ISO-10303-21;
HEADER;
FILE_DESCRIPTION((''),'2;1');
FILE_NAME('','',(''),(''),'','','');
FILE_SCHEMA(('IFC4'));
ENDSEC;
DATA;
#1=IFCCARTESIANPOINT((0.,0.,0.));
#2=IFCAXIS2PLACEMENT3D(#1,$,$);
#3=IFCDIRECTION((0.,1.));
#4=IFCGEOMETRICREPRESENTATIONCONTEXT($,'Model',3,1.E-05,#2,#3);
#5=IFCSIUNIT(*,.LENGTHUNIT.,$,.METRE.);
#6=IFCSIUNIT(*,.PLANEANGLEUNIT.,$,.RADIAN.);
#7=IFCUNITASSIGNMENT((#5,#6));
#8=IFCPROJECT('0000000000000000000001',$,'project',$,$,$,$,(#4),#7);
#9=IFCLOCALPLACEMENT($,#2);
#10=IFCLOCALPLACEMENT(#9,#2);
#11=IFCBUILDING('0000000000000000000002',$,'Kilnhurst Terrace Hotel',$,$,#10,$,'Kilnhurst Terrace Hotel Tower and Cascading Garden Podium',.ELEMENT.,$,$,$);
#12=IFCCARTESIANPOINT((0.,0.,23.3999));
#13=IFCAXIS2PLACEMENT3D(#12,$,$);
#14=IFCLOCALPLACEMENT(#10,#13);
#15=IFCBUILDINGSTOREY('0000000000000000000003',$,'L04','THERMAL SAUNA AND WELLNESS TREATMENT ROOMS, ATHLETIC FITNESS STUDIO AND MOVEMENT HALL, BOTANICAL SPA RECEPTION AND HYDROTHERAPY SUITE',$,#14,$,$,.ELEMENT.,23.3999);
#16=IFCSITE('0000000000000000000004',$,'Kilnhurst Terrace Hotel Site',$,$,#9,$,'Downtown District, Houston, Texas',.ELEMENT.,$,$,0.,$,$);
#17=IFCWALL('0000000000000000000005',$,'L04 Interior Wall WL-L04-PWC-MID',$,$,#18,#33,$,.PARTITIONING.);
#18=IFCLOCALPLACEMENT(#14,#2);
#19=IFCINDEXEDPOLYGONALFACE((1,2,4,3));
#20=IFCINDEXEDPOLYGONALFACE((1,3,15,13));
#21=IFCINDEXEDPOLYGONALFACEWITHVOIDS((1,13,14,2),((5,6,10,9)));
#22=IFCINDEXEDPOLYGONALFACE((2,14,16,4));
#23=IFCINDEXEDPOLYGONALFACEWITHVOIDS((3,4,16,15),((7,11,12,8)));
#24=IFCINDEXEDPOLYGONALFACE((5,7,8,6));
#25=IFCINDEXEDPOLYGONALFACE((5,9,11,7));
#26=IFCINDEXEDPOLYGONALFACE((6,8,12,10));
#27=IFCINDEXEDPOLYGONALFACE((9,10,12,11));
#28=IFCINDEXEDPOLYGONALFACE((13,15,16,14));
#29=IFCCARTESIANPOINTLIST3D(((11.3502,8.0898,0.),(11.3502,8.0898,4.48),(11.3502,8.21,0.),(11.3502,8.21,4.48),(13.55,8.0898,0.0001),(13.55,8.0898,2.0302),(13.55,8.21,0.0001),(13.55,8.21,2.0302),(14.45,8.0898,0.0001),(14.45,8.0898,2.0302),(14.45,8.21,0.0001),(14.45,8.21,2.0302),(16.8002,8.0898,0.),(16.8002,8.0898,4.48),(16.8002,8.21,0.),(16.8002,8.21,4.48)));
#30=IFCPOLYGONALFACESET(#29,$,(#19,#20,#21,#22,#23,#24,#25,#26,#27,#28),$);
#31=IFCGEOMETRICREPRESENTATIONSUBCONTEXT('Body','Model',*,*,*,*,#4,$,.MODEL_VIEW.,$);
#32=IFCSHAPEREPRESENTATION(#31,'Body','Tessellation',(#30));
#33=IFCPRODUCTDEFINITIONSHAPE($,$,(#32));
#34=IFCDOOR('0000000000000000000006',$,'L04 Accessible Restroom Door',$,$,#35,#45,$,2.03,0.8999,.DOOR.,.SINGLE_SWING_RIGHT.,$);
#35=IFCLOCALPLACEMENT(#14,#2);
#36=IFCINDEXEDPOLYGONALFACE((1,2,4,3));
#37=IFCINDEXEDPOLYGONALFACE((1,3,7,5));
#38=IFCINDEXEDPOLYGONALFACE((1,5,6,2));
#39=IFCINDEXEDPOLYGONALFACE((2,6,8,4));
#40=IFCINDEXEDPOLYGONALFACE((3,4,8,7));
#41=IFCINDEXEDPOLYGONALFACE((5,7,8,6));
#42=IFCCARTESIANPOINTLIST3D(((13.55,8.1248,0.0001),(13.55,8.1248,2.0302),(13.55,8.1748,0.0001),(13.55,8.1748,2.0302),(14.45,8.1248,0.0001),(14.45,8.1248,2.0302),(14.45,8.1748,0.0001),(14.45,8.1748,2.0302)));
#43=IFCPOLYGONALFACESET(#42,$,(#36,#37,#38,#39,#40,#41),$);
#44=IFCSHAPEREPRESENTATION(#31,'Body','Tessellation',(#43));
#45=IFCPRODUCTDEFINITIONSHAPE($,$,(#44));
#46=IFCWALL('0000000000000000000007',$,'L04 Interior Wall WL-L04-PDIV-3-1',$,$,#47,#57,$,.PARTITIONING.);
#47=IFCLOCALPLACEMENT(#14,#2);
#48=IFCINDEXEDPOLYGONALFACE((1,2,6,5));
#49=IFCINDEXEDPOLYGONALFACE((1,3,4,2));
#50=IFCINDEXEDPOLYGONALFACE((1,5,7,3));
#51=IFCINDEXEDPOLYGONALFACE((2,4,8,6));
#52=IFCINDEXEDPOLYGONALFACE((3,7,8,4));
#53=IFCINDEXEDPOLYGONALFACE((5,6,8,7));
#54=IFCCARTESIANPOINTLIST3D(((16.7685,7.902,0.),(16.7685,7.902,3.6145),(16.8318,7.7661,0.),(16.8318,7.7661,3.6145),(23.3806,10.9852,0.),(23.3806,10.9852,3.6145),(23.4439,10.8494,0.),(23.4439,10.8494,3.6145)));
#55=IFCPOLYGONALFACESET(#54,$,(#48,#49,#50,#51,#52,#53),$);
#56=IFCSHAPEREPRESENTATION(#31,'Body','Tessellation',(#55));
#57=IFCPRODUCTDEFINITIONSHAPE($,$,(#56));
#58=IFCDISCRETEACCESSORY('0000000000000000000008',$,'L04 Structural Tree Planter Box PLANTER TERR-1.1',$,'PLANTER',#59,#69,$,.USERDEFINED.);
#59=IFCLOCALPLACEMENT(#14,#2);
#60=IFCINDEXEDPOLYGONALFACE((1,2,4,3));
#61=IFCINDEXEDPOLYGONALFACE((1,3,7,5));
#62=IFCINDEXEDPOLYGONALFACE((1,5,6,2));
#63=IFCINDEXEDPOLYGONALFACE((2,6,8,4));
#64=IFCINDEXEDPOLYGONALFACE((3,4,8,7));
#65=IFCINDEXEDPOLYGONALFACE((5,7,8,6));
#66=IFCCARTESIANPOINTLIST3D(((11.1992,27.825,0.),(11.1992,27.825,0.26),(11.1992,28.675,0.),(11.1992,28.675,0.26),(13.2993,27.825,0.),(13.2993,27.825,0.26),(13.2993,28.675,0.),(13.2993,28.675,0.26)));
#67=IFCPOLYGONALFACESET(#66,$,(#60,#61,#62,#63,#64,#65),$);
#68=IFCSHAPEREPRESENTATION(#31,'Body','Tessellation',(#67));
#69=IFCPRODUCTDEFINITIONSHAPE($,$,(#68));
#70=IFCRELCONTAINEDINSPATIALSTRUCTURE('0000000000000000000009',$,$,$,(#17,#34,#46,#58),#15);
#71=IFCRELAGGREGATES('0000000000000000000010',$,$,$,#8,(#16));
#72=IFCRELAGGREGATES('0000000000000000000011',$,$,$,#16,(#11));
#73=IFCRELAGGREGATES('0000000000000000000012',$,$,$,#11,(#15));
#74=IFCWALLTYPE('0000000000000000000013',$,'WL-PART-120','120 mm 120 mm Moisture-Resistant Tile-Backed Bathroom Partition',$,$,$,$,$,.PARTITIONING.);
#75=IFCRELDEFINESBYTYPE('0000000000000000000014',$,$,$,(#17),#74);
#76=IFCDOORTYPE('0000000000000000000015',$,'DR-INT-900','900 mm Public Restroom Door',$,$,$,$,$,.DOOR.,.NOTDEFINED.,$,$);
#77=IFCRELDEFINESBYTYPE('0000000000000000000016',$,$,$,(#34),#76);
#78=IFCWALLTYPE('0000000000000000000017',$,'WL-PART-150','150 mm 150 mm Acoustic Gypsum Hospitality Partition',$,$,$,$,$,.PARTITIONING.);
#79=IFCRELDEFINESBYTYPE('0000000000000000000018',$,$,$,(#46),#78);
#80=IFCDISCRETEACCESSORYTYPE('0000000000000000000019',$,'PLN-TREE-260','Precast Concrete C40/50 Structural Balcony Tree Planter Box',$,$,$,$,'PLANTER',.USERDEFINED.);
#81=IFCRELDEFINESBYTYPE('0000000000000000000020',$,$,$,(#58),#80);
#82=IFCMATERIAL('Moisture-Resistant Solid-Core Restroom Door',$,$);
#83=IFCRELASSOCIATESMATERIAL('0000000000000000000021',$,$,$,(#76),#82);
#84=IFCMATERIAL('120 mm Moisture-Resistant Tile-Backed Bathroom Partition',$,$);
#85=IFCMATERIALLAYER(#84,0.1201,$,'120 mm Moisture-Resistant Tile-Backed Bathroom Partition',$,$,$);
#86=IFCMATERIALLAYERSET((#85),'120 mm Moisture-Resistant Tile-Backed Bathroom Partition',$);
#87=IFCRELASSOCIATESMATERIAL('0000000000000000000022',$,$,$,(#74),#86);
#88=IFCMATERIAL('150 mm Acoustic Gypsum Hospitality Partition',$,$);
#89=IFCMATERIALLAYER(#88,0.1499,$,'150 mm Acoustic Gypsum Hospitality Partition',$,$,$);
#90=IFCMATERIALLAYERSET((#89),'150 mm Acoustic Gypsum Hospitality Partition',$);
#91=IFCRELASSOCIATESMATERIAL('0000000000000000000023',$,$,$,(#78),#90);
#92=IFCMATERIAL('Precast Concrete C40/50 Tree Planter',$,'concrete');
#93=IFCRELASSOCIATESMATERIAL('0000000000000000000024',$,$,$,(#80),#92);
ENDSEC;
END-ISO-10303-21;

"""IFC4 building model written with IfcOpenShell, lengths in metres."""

from ifc_helpers import new_model, si_unit, direction, frame, frame_2d, origin, origin_2d, place, context, subcontext, project, spatial, rectangle, extrude, material, layer, layer_set, type_object, element, fill, save


model = new_model("IFC4")

# Units and contexts
model_context = context("Model", 3, precision=1e-05, world=origin(), true_north=direction((0.0, 1.0)))
body_context = subcontext(model_context, "Body", "Model", "MODEL_VIEW")
ifc_project = project(units=[si_unit("LENGTHUNIT", "METRE"), si_unit("PLANEANGLEUNIT", "RADIAN")], contexts=[model_context])

# Site, building, storey
site_placement = place(None, origin())
site = spatial("IfcSite", under=ifc_project, at=site_placement, Name="Kilnhurst Terrace Hotel Site", LongName="Downtown District, Houston, Texas", CompositionType="ELEMENT", RefElevation=0.0)
building_placement = place(site_placement, origin())
building = spatial("IfcBuilding", under=site, at=building_placement, Name="Kilnhurst Terrace Hotel", LongName="Kilnhurst Terrace Hotel Tower and Cascading Garden Podium", CompositionType="ELEMENT")
storey_placement = place(building_placement, frame((0.0, 0.0, 23.3999)))
storey = spatial("IfcBuildingStorey", under=building, at=storey_placement, Name="L04", Description="THERMAL SAUNA AND WELLNESS TREATMENT ROOMS, ATHLETIC FITNESS STUDIO AND MOVEMENT HALL, BOTANICAL SPA RECEPTION AND HYDROTHERAPY SUITE", CompositionType="ELEMENT", Elevation=23.3999)

# Shared definitions
ifc_material_1 = material(Name="Moisture-Resistant Solid-Core Restroom Door")
door_type_1 = type_object("IfcDoorType", Name="DR-INT-900", Description="900 mm Public Restroom Door", OperationType="NOTDEFINED", PredefinedType="DOOR", material=ifc_material_1)

# Shared definitions
ifc_material_2 = material(Name="120 mm Moisture-Resistant Tile-Backed Bathroom Partition")
ifc_layer_1 = layer(ifc_material_2, 0.1201, Name="120 mm Moisture-Resistant Tile-Backed Bathroom Partition")
ifc_layer_set_1 = layer_set([ifc_layer_1], Name="120 mm Moisture-Resistant Tile-Backed Bathroom Partition")
wall_type_1 = type_object("IfcWallType", Name="WL-PART-120", Description="120 mm 120 mm Moisture-Resistant Tile-Backed Bathroom Partition", PredefinedType="PARTITIONING", material=ifc_layer_set_1)

# Wall, opening, door
wall_1_placement = place(storey_placement, frame((11.3501, 8.1499, 0.0), z_axis=(0.0, 0.0, 1.0), x_axis=(1.0, 0.0, 0.0)))
wall_1 = element("IfcWall", 1, at=wall_1_placement, inside=storey, type_object=wall_type_1, Name="L04 Interior Wall WL-L04-PWC-MID", PredefinedType="PARTITIONING", context=body_context, shape_type="SweptSolid", body=[
    extrude(rectangle(XDim=5.45, YDim=0.1201, at=frame_2d((2.7251, 0.0))), origin(), (0.0, 0.0, 1.0), 4.48),
])
opening_1_placement = place(wall_1_placement, frame((2.2, 0.0, 0.0)))
opening_1 = element("IfcOpeningElement", 2, at=opening_1_placement, cuts=wall_1, PredefinedType="OPENING", context=body_context, shape_type="SweptSolid", body=[
    extrude(rectangle(XDim=0.8999, YDim=2.03, at=frame_2d((0.45, 1.0151))), frame((0.0, 0.0701, 0.0), z_axis=(0.0, -1.0, 0.0), x_axis=(1.0, 0.0, 0.0)), (0.0, 0.0, 1.0), 0.1401),
])
door_1_placement = place(opening_1_placement, origin())
door_1 = element("IfcDoor", 3, at=door_1_placement, inside=storey, type_object=door_type_1, Name="L04 Accessible Restroom Door", OperationType="SINGLE_SWING_RIGHT", OverallHeight=2.03, OverallWidth=0.8999, PredefinedType="DOOR", context=body_context, shape_type="SweptSolid", body=[
    extrude(rectangle(XDim=0.8999, YDim=2.03, at=frame_2d((0.45, 1.0151))), frame((0.0, 0.0249, 0.0), z_axis=(0.0, -1.0, 0.0), x_axis=(1.0, 0.0, 0.0)), (0.0, 0.0, 1.0), 0.05),
])
fill(opening_1, door_1)

# Wall
ifc_material_3 = material(Name="150 mm Acoustic Gypsum Hospitality Partition")
ifc_layer_2 = layer(ifc_material_3, 0.1499, Name="150 mm Acoustic Gypsum Hospitality Partition")
ifc_layer_set_2 = layer_set([ifc_layer_2], Name="150 mm Acoustic Gypsum Hospitality Partition")
wall_type_2 = type_object("IfcWallType", Name="WL-PART-150", Description="150 mm 150 mm Acoustic Gypsum Hospitality Partition", PredefinedType="PARTITIONING", material=ifc_layer_set_2)
wall_2_placement = place(storey_placement, frame((16.8, 7.834, 0.0), z_axis=(0.0, 0.0, 1.0), x_axis=(0.906308, 0.422618, 0.0)))
element("IfcWall", 4, at=wall_2_placement, inside=storey, type_object=wall_type_2, Name="L04 Interior Wall WL-L04-PDIV-3-1", PredefinedType="PARTITIONING", context=body_context, shape_type="SweptSolid", body=[
    extrude(rectangle(XDim=7.2957, YDim=0.1499, at=frame_2d((3.6479, 0.0))), origin(), (0.0, 0.0, 1.0), 3.6145),
])

# Discrete accessory
ifc_material_4 = material(Name="Precast Concrete C40/50 Tree Planter", Category="concrete")
discrete_accessory_type = type_object("IfcDiscreteAccessoryType", Name="PLN-TREE-260", Description="Precast Concrete C40/50 Structural Balcony Tree Planter Box", ElementType="PLANTER", PredefinedType="USERDEFINED", material=ifc_material_4)
discrete_accessory_placement = place(storey_placement, frame((12.2493, 28.25, 0.0), z_axis=(0.0, 0.0, 1.0), x_axis=(-1.0, 0.0, 0.0)))
element("IfcDiscreteAccessory", 5, at=discrete_accessory_placement, inside=storey, type_object=discrete_accessory_type, Name="L04 Structural Tree Planter Box PLANTER TERR-1.1", ObjectType="PLANTER", PredefinedType="USERDEFINED", context=body_context, shape_type="SweptSolid", body=[
    extrude(rectangle(XDim=2.1001, YDim=0.8501, at=origin_2d()), origin(), (0.0, 0.0, 1.0), 0.26),
])

save(model, "model.ifc")
